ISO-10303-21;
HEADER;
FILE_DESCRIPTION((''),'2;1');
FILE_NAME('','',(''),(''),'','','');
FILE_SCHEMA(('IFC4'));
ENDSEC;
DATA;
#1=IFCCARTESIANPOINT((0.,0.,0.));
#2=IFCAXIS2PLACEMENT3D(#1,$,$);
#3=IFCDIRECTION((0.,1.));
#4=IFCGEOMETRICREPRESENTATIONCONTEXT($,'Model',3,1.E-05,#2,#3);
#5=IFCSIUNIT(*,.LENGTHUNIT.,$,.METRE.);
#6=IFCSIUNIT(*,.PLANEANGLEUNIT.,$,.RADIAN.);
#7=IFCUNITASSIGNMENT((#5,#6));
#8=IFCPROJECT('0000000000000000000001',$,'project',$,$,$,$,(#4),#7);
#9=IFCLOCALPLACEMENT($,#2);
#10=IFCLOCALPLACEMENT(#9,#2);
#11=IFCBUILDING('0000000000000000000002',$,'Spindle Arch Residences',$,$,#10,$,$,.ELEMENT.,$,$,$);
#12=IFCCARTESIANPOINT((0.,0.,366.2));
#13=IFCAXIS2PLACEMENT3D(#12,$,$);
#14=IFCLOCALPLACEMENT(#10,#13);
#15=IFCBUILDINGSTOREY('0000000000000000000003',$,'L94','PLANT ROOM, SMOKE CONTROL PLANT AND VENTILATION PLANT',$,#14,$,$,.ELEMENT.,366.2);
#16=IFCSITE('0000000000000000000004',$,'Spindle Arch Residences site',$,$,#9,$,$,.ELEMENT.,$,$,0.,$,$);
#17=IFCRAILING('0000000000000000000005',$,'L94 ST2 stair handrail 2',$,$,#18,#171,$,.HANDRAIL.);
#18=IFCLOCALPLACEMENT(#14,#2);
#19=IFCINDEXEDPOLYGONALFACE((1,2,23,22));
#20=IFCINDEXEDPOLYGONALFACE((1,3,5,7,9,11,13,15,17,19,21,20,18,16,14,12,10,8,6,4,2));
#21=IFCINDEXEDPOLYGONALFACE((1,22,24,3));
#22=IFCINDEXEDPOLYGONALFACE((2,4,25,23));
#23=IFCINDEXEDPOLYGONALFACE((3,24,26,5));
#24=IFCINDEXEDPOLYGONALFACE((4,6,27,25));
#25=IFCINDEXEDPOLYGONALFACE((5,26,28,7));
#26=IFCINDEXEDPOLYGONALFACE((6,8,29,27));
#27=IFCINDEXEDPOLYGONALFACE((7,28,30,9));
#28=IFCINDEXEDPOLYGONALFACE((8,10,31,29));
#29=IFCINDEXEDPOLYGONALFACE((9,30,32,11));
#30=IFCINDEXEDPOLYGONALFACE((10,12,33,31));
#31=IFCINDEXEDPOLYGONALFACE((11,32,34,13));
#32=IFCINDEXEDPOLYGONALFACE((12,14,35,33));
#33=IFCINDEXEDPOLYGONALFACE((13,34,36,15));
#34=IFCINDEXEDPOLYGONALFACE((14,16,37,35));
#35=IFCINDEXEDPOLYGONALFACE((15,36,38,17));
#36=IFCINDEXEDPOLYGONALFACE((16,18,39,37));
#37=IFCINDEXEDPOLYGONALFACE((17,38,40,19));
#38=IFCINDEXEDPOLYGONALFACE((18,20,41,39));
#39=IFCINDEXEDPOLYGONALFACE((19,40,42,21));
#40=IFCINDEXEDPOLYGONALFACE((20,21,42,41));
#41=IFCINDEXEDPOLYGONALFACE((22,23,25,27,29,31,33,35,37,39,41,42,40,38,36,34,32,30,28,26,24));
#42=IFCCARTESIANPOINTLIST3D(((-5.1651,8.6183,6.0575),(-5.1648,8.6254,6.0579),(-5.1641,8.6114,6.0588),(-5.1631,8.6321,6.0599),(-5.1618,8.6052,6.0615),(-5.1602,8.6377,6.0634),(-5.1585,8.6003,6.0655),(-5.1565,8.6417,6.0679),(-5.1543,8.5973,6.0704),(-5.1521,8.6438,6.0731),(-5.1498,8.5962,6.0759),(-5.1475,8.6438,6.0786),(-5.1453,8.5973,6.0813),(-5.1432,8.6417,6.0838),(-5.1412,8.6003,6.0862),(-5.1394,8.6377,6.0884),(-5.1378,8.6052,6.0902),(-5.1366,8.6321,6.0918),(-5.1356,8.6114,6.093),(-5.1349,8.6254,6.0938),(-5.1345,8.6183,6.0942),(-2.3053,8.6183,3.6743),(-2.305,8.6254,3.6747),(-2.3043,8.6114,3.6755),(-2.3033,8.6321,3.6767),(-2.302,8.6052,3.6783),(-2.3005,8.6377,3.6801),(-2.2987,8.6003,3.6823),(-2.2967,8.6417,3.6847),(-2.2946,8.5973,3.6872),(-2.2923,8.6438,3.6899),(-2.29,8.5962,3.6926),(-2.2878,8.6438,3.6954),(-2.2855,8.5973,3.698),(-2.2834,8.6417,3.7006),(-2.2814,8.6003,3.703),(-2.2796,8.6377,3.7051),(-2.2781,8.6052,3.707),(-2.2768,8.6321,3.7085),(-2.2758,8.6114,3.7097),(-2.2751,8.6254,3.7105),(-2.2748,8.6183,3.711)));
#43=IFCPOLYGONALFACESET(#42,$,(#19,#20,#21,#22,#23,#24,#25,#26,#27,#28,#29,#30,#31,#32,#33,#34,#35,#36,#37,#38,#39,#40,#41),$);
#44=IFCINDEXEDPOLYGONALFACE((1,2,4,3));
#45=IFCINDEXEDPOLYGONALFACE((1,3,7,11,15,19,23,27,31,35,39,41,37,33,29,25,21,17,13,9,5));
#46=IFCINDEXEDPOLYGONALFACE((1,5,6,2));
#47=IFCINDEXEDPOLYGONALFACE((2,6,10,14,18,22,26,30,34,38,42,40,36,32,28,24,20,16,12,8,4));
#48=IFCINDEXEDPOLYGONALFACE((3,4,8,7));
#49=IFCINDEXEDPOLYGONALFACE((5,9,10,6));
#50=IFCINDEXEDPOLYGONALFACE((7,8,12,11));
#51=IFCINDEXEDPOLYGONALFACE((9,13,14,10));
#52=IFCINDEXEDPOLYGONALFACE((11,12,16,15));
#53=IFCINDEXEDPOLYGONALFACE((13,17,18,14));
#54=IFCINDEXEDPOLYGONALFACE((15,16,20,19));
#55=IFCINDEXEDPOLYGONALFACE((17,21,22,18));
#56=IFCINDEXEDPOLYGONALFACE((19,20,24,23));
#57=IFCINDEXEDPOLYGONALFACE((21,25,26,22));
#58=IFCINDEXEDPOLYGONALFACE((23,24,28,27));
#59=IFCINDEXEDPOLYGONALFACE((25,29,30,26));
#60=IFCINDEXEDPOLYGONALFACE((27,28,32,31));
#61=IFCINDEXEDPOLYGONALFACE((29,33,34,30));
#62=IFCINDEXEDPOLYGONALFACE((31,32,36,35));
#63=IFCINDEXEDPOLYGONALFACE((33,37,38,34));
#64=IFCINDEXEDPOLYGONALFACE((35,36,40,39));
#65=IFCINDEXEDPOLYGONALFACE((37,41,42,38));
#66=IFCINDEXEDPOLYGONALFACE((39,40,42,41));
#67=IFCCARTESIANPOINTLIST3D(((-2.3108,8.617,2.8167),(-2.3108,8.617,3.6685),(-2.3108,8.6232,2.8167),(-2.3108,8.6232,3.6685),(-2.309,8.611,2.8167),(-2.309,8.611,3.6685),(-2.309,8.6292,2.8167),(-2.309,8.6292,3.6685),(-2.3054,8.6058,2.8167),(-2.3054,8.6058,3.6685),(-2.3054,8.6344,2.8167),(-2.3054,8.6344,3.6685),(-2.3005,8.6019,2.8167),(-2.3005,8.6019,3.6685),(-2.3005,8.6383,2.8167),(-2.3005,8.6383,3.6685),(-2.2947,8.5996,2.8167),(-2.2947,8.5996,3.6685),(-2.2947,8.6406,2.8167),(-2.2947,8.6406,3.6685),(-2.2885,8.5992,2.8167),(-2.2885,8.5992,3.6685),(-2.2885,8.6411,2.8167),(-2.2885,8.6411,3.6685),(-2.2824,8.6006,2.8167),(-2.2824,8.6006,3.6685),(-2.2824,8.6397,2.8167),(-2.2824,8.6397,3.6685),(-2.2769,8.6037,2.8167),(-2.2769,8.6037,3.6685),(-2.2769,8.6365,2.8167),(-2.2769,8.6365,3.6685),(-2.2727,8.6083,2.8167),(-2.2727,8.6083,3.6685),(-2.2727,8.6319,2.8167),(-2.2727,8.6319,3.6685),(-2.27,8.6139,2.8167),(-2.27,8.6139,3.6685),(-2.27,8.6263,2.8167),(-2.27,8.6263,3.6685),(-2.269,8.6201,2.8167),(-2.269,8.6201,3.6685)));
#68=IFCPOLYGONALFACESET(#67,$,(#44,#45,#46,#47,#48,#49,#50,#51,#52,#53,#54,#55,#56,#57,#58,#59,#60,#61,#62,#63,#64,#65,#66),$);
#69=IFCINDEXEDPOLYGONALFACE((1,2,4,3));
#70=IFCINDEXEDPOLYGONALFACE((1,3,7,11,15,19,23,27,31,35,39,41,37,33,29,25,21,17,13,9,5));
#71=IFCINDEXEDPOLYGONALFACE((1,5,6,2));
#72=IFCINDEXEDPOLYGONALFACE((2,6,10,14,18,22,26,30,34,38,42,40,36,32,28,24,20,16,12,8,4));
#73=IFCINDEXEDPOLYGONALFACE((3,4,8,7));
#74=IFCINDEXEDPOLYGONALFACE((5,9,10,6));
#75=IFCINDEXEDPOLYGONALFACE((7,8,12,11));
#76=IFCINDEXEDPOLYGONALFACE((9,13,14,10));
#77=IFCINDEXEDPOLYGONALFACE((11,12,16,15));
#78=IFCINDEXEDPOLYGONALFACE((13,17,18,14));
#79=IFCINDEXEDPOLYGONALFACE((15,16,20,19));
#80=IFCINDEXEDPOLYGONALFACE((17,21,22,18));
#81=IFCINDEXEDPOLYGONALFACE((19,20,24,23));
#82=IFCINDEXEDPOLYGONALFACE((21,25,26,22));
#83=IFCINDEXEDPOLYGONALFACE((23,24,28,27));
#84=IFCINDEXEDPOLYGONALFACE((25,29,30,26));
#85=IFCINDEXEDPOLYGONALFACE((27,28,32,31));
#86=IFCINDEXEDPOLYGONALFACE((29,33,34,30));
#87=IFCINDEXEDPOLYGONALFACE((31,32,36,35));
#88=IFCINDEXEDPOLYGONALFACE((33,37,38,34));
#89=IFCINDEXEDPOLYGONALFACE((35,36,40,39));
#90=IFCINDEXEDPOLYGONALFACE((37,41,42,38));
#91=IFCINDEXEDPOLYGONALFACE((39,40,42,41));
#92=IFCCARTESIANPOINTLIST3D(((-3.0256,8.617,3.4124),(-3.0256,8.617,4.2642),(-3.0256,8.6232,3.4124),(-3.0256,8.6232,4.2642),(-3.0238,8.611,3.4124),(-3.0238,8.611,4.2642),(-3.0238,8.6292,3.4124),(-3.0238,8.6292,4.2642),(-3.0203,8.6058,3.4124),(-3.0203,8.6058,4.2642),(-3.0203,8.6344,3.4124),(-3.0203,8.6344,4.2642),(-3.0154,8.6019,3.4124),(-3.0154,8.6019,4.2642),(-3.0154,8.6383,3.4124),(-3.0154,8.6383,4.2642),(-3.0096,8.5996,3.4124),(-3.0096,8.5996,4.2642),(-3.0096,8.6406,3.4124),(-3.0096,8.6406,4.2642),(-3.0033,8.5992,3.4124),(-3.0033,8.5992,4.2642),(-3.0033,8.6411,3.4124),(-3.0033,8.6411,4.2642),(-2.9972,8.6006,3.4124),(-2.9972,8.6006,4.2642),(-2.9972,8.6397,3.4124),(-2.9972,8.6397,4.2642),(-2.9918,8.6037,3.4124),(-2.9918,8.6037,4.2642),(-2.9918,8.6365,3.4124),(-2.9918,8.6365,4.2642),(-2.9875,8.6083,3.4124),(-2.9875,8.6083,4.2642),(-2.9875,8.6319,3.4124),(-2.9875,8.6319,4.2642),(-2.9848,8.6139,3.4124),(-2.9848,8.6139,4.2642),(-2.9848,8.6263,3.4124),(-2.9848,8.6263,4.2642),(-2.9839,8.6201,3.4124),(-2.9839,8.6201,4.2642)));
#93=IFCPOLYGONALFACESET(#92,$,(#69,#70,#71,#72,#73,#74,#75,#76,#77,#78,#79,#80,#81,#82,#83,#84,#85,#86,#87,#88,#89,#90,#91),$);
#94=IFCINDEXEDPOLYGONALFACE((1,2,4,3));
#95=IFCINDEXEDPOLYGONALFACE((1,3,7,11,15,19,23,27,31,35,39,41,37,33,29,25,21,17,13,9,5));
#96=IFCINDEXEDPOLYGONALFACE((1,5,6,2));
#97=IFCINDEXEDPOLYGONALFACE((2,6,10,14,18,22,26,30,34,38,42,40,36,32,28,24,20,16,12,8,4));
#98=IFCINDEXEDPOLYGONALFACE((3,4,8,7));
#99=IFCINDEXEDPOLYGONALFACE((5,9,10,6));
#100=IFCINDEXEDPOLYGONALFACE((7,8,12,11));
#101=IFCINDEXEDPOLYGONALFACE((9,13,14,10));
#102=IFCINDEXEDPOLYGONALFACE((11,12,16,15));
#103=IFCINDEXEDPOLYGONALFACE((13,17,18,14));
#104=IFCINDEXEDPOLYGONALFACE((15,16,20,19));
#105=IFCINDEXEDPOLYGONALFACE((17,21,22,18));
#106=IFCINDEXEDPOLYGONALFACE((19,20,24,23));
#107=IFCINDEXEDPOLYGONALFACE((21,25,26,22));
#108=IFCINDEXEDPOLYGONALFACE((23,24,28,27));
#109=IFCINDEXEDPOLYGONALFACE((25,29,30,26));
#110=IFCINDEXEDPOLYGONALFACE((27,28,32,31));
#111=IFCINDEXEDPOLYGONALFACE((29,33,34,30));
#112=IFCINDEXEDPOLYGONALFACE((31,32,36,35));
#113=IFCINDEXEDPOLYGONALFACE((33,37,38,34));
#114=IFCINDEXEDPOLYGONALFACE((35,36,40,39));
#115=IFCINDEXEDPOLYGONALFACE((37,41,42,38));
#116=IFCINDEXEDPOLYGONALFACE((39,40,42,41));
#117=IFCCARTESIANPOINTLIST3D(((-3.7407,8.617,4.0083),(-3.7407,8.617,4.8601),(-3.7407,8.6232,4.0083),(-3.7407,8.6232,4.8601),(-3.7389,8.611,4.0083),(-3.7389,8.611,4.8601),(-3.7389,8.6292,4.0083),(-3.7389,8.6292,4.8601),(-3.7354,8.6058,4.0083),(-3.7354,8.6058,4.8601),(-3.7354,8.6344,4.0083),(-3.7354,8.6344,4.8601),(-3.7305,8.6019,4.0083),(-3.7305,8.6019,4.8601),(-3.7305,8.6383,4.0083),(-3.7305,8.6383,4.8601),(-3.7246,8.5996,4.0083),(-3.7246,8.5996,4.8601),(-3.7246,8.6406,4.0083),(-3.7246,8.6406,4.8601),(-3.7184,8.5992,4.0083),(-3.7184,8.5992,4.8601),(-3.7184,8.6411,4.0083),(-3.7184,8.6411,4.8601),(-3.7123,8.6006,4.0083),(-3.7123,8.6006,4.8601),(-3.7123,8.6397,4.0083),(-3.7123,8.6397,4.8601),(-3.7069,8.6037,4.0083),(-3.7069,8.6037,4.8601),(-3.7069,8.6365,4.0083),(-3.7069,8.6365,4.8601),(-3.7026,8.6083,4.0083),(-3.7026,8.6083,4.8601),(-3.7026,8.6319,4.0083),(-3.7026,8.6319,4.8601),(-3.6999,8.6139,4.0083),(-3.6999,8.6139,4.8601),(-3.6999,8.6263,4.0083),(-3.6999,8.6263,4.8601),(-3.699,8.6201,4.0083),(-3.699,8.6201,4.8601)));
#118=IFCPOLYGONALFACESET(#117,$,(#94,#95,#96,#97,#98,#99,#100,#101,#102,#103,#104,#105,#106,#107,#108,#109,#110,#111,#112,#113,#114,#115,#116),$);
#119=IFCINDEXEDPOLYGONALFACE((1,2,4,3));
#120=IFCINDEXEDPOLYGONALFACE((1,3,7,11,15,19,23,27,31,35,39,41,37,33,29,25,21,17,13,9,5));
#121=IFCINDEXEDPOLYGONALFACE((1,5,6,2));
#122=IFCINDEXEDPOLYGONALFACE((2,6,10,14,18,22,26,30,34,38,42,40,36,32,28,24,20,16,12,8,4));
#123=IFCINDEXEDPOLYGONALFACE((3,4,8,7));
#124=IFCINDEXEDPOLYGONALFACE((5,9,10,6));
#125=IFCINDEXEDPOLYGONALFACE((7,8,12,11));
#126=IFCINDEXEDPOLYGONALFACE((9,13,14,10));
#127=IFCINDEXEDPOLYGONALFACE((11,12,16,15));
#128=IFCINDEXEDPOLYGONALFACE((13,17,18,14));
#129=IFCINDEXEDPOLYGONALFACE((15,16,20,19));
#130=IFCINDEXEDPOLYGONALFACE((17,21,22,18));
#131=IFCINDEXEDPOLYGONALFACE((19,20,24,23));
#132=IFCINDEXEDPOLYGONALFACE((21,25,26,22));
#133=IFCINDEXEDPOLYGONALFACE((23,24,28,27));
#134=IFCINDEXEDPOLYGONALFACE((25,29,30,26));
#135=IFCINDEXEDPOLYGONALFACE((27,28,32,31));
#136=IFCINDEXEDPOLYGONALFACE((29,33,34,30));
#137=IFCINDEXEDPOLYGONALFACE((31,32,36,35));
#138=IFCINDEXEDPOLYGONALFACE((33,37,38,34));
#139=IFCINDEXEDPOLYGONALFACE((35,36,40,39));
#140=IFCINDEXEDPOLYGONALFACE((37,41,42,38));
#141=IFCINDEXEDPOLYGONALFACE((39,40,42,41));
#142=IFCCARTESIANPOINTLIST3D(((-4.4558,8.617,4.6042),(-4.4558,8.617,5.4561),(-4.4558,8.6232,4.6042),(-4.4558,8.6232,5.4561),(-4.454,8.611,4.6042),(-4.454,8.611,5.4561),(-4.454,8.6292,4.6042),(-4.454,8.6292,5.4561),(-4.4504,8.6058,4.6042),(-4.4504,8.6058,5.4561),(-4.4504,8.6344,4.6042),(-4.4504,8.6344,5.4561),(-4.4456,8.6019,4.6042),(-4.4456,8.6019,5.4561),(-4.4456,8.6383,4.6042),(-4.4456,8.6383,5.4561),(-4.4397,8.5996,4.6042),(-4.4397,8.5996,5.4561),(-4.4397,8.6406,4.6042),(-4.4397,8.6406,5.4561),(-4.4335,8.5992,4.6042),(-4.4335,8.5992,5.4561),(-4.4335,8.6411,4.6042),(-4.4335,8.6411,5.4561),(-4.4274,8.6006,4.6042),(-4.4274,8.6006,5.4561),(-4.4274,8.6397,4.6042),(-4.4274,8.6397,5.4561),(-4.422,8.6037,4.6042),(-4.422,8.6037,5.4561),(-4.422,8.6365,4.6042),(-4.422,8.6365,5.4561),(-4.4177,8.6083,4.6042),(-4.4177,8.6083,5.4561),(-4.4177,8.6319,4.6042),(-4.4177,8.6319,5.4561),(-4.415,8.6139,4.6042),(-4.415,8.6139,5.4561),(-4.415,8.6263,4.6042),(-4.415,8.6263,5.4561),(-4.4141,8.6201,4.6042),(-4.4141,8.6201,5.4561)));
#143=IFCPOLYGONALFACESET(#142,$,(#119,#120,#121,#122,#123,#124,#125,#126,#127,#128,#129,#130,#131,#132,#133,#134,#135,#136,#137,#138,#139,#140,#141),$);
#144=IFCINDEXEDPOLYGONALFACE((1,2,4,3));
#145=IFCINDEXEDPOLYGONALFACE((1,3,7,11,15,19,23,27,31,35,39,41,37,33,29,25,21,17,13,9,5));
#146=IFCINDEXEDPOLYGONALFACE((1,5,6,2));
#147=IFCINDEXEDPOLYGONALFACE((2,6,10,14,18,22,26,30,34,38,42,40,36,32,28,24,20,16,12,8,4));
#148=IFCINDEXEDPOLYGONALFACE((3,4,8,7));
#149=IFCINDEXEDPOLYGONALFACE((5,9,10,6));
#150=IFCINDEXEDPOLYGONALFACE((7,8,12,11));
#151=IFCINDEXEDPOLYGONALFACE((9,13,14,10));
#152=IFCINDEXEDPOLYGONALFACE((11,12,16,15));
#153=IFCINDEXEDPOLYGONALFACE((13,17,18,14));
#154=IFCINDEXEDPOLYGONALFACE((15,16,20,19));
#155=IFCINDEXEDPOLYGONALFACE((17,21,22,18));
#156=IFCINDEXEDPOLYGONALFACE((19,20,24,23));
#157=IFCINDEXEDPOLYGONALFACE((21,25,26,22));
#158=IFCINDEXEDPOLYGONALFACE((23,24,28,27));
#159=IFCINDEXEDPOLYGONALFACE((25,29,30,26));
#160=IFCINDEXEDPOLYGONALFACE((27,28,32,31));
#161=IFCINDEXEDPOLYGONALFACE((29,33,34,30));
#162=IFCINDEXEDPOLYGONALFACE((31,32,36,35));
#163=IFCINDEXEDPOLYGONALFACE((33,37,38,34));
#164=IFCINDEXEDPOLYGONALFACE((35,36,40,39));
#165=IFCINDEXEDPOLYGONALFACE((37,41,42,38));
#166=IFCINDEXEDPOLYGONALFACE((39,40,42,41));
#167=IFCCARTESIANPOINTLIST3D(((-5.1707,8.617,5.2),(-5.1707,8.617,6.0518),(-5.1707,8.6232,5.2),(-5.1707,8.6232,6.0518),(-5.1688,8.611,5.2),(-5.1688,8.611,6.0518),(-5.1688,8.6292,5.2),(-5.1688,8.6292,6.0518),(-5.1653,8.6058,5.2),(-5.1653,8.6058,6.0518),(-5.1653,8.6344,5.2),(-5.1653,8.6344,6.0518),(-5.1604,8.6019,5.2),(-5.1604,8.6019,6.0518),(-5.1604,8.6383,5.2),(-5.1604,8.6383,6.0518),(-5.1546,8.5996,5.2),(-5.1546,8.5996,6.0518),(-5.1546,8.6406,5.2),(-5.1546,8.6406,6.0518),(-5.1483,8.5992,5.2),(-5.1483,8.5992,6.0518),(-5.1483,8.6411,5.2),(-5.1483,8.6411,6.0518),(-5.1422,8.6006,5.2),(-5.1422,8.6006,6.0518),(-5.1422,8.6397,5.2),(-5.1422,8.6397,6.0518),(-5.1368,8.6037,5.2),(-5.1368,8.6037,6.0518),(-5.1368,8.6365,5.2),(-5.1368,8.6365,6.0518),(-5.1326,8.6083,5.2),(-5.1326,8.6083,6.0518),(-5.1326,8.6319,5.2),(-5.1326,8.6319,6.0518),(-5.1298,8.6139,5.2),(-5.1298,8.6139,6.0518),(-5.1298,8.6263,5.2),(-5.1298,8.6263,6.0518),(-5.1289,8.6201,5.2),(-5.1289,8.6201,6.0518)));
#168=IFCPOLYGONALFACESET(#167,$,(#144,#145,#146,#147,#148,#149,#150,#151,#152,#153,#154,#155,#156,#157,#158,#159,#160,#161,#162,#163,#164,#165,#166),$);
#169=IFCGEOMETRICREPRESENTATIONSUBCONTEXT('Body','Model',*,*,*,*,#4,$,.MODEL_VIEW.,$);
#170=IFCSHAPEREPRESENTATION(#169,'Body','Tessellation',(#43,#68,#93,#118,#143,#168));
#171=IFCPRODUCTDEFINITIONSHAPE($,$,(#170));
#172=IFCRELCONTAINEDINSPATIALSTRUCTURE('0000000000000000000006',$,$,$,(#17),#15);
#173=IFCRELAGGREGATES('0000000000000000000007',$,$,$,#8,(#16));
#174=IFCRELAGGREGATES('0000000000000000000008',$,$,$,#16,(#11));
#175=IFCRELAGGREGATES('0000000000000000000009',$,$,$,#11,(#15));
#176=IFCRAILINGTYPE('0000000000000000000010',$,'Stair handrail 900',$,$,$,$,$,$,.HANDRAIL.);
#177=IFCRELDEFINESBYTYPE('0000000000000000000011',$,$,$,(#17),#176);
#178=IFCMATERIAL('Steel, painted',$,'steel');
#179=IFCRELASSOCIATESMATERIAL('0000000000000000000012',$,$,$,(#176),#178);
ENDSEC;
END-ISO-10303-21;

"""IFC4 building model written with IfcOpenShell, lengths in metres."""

from ifc_helpers import new_model, si_unit, direction, frame, origin, origin_2d, place, context, subcontext, project, spatial, circle, extrude, material, type_object, element, save


model = new_model("IFC4")

# Units and contexts
model_context = context("Model", 3, precision=1e-05, world=origin(), true_north=direction((0.0, 1.0)))
body_context = subcontext(model_context, "Body", "Model", "MODEL_VIEW")
ifc_project = project(units=[si_unit("LENGTHUNIT", "METRE"), si_unit("PLANEANGLEUNIT", "RADIAN")], contexts=[model_context])

# Site, building, storey
site_placement = place(None, origin())
site = spatial("IfcSite", under=ifc_project, at=site_placement, Name="Spindle Arch Residences site", CompositionType="ELEMENT", RefElevation=0.0)
building_placement = place(site_placement, origin())
building = spatial("IfcBuilding", under=site, at=building_placement, Name="Spindle Arch Residences", CompositionType="ELEMENT")
storey_placement = place(building_placement, frame((0.0, 0.0, 366.2)))
storey = spatial("IfcBuildingStorey", under=building, at=storey_placement, Name="L94", Description="PLANT ROOM, SMOKE CONTROL PLANT AND VENTILATION PLANT", CompositionType="ELEMENT", Elevation=366.2)

# Railing
ifc_material_1 = material(Name="Steel, painted", Category="steel")
railing_type_1 = type_object("IfcRailingType", Name="Stair handrail 900", PredefinedType="HANDRAIL", material=ifc_material_1)
railing_1_placement = place(storey_placement, frame((-2.29, 8.6201, 2.8167)))
element("IfcRailing", 1, at=railing_1_placement, inside=storey, type_object=railing_type_1, Name="L94 ST2 stair handrail 2", PredefinedType="HANDRAIL", context=body_context, shape_type="SweptSolid", body=[
    extrude(circle(Radius=0.0239, at=origin_2d()), frame((0.0, 0.0, 0.876), z_axis=(-0.768211, 0.0, 0.640197), x_axis=(0.0, -1.0, 0.0)), (0.0, 0.0, 1.0), 3.7227),
    extrude(circle(Radius=0.021, at=origin_2d()), origin(), (0.0, 0.0, 1.0), 0.8518),
    extrude(circle(Radius=0.021, at=origin_2d()), frame((-0.7148, 0.0, 0.5957)), (0.0, 0.0, 1.0), 0.8518),
    extrude(circle(Radius=0.021, at=origin_2d()), frame((-1.4299, 0.0, 1.1917)), (0.0, 0.0, 1.0), 0.8518),
    extrude(circle(Radius=0.021, at=origin_2d()), frame((-2.145, 0.0, 1.7876)), (0.0, 0.0, 1.0), 0.8518),
    extrude(circle(Radius=0.021, at=origin_2d()), frame((-2.8599, 0.0, 2.3833)), (0.0, 0.0, 1.0), 0.8518),
])

save(model, "model.ifc")
